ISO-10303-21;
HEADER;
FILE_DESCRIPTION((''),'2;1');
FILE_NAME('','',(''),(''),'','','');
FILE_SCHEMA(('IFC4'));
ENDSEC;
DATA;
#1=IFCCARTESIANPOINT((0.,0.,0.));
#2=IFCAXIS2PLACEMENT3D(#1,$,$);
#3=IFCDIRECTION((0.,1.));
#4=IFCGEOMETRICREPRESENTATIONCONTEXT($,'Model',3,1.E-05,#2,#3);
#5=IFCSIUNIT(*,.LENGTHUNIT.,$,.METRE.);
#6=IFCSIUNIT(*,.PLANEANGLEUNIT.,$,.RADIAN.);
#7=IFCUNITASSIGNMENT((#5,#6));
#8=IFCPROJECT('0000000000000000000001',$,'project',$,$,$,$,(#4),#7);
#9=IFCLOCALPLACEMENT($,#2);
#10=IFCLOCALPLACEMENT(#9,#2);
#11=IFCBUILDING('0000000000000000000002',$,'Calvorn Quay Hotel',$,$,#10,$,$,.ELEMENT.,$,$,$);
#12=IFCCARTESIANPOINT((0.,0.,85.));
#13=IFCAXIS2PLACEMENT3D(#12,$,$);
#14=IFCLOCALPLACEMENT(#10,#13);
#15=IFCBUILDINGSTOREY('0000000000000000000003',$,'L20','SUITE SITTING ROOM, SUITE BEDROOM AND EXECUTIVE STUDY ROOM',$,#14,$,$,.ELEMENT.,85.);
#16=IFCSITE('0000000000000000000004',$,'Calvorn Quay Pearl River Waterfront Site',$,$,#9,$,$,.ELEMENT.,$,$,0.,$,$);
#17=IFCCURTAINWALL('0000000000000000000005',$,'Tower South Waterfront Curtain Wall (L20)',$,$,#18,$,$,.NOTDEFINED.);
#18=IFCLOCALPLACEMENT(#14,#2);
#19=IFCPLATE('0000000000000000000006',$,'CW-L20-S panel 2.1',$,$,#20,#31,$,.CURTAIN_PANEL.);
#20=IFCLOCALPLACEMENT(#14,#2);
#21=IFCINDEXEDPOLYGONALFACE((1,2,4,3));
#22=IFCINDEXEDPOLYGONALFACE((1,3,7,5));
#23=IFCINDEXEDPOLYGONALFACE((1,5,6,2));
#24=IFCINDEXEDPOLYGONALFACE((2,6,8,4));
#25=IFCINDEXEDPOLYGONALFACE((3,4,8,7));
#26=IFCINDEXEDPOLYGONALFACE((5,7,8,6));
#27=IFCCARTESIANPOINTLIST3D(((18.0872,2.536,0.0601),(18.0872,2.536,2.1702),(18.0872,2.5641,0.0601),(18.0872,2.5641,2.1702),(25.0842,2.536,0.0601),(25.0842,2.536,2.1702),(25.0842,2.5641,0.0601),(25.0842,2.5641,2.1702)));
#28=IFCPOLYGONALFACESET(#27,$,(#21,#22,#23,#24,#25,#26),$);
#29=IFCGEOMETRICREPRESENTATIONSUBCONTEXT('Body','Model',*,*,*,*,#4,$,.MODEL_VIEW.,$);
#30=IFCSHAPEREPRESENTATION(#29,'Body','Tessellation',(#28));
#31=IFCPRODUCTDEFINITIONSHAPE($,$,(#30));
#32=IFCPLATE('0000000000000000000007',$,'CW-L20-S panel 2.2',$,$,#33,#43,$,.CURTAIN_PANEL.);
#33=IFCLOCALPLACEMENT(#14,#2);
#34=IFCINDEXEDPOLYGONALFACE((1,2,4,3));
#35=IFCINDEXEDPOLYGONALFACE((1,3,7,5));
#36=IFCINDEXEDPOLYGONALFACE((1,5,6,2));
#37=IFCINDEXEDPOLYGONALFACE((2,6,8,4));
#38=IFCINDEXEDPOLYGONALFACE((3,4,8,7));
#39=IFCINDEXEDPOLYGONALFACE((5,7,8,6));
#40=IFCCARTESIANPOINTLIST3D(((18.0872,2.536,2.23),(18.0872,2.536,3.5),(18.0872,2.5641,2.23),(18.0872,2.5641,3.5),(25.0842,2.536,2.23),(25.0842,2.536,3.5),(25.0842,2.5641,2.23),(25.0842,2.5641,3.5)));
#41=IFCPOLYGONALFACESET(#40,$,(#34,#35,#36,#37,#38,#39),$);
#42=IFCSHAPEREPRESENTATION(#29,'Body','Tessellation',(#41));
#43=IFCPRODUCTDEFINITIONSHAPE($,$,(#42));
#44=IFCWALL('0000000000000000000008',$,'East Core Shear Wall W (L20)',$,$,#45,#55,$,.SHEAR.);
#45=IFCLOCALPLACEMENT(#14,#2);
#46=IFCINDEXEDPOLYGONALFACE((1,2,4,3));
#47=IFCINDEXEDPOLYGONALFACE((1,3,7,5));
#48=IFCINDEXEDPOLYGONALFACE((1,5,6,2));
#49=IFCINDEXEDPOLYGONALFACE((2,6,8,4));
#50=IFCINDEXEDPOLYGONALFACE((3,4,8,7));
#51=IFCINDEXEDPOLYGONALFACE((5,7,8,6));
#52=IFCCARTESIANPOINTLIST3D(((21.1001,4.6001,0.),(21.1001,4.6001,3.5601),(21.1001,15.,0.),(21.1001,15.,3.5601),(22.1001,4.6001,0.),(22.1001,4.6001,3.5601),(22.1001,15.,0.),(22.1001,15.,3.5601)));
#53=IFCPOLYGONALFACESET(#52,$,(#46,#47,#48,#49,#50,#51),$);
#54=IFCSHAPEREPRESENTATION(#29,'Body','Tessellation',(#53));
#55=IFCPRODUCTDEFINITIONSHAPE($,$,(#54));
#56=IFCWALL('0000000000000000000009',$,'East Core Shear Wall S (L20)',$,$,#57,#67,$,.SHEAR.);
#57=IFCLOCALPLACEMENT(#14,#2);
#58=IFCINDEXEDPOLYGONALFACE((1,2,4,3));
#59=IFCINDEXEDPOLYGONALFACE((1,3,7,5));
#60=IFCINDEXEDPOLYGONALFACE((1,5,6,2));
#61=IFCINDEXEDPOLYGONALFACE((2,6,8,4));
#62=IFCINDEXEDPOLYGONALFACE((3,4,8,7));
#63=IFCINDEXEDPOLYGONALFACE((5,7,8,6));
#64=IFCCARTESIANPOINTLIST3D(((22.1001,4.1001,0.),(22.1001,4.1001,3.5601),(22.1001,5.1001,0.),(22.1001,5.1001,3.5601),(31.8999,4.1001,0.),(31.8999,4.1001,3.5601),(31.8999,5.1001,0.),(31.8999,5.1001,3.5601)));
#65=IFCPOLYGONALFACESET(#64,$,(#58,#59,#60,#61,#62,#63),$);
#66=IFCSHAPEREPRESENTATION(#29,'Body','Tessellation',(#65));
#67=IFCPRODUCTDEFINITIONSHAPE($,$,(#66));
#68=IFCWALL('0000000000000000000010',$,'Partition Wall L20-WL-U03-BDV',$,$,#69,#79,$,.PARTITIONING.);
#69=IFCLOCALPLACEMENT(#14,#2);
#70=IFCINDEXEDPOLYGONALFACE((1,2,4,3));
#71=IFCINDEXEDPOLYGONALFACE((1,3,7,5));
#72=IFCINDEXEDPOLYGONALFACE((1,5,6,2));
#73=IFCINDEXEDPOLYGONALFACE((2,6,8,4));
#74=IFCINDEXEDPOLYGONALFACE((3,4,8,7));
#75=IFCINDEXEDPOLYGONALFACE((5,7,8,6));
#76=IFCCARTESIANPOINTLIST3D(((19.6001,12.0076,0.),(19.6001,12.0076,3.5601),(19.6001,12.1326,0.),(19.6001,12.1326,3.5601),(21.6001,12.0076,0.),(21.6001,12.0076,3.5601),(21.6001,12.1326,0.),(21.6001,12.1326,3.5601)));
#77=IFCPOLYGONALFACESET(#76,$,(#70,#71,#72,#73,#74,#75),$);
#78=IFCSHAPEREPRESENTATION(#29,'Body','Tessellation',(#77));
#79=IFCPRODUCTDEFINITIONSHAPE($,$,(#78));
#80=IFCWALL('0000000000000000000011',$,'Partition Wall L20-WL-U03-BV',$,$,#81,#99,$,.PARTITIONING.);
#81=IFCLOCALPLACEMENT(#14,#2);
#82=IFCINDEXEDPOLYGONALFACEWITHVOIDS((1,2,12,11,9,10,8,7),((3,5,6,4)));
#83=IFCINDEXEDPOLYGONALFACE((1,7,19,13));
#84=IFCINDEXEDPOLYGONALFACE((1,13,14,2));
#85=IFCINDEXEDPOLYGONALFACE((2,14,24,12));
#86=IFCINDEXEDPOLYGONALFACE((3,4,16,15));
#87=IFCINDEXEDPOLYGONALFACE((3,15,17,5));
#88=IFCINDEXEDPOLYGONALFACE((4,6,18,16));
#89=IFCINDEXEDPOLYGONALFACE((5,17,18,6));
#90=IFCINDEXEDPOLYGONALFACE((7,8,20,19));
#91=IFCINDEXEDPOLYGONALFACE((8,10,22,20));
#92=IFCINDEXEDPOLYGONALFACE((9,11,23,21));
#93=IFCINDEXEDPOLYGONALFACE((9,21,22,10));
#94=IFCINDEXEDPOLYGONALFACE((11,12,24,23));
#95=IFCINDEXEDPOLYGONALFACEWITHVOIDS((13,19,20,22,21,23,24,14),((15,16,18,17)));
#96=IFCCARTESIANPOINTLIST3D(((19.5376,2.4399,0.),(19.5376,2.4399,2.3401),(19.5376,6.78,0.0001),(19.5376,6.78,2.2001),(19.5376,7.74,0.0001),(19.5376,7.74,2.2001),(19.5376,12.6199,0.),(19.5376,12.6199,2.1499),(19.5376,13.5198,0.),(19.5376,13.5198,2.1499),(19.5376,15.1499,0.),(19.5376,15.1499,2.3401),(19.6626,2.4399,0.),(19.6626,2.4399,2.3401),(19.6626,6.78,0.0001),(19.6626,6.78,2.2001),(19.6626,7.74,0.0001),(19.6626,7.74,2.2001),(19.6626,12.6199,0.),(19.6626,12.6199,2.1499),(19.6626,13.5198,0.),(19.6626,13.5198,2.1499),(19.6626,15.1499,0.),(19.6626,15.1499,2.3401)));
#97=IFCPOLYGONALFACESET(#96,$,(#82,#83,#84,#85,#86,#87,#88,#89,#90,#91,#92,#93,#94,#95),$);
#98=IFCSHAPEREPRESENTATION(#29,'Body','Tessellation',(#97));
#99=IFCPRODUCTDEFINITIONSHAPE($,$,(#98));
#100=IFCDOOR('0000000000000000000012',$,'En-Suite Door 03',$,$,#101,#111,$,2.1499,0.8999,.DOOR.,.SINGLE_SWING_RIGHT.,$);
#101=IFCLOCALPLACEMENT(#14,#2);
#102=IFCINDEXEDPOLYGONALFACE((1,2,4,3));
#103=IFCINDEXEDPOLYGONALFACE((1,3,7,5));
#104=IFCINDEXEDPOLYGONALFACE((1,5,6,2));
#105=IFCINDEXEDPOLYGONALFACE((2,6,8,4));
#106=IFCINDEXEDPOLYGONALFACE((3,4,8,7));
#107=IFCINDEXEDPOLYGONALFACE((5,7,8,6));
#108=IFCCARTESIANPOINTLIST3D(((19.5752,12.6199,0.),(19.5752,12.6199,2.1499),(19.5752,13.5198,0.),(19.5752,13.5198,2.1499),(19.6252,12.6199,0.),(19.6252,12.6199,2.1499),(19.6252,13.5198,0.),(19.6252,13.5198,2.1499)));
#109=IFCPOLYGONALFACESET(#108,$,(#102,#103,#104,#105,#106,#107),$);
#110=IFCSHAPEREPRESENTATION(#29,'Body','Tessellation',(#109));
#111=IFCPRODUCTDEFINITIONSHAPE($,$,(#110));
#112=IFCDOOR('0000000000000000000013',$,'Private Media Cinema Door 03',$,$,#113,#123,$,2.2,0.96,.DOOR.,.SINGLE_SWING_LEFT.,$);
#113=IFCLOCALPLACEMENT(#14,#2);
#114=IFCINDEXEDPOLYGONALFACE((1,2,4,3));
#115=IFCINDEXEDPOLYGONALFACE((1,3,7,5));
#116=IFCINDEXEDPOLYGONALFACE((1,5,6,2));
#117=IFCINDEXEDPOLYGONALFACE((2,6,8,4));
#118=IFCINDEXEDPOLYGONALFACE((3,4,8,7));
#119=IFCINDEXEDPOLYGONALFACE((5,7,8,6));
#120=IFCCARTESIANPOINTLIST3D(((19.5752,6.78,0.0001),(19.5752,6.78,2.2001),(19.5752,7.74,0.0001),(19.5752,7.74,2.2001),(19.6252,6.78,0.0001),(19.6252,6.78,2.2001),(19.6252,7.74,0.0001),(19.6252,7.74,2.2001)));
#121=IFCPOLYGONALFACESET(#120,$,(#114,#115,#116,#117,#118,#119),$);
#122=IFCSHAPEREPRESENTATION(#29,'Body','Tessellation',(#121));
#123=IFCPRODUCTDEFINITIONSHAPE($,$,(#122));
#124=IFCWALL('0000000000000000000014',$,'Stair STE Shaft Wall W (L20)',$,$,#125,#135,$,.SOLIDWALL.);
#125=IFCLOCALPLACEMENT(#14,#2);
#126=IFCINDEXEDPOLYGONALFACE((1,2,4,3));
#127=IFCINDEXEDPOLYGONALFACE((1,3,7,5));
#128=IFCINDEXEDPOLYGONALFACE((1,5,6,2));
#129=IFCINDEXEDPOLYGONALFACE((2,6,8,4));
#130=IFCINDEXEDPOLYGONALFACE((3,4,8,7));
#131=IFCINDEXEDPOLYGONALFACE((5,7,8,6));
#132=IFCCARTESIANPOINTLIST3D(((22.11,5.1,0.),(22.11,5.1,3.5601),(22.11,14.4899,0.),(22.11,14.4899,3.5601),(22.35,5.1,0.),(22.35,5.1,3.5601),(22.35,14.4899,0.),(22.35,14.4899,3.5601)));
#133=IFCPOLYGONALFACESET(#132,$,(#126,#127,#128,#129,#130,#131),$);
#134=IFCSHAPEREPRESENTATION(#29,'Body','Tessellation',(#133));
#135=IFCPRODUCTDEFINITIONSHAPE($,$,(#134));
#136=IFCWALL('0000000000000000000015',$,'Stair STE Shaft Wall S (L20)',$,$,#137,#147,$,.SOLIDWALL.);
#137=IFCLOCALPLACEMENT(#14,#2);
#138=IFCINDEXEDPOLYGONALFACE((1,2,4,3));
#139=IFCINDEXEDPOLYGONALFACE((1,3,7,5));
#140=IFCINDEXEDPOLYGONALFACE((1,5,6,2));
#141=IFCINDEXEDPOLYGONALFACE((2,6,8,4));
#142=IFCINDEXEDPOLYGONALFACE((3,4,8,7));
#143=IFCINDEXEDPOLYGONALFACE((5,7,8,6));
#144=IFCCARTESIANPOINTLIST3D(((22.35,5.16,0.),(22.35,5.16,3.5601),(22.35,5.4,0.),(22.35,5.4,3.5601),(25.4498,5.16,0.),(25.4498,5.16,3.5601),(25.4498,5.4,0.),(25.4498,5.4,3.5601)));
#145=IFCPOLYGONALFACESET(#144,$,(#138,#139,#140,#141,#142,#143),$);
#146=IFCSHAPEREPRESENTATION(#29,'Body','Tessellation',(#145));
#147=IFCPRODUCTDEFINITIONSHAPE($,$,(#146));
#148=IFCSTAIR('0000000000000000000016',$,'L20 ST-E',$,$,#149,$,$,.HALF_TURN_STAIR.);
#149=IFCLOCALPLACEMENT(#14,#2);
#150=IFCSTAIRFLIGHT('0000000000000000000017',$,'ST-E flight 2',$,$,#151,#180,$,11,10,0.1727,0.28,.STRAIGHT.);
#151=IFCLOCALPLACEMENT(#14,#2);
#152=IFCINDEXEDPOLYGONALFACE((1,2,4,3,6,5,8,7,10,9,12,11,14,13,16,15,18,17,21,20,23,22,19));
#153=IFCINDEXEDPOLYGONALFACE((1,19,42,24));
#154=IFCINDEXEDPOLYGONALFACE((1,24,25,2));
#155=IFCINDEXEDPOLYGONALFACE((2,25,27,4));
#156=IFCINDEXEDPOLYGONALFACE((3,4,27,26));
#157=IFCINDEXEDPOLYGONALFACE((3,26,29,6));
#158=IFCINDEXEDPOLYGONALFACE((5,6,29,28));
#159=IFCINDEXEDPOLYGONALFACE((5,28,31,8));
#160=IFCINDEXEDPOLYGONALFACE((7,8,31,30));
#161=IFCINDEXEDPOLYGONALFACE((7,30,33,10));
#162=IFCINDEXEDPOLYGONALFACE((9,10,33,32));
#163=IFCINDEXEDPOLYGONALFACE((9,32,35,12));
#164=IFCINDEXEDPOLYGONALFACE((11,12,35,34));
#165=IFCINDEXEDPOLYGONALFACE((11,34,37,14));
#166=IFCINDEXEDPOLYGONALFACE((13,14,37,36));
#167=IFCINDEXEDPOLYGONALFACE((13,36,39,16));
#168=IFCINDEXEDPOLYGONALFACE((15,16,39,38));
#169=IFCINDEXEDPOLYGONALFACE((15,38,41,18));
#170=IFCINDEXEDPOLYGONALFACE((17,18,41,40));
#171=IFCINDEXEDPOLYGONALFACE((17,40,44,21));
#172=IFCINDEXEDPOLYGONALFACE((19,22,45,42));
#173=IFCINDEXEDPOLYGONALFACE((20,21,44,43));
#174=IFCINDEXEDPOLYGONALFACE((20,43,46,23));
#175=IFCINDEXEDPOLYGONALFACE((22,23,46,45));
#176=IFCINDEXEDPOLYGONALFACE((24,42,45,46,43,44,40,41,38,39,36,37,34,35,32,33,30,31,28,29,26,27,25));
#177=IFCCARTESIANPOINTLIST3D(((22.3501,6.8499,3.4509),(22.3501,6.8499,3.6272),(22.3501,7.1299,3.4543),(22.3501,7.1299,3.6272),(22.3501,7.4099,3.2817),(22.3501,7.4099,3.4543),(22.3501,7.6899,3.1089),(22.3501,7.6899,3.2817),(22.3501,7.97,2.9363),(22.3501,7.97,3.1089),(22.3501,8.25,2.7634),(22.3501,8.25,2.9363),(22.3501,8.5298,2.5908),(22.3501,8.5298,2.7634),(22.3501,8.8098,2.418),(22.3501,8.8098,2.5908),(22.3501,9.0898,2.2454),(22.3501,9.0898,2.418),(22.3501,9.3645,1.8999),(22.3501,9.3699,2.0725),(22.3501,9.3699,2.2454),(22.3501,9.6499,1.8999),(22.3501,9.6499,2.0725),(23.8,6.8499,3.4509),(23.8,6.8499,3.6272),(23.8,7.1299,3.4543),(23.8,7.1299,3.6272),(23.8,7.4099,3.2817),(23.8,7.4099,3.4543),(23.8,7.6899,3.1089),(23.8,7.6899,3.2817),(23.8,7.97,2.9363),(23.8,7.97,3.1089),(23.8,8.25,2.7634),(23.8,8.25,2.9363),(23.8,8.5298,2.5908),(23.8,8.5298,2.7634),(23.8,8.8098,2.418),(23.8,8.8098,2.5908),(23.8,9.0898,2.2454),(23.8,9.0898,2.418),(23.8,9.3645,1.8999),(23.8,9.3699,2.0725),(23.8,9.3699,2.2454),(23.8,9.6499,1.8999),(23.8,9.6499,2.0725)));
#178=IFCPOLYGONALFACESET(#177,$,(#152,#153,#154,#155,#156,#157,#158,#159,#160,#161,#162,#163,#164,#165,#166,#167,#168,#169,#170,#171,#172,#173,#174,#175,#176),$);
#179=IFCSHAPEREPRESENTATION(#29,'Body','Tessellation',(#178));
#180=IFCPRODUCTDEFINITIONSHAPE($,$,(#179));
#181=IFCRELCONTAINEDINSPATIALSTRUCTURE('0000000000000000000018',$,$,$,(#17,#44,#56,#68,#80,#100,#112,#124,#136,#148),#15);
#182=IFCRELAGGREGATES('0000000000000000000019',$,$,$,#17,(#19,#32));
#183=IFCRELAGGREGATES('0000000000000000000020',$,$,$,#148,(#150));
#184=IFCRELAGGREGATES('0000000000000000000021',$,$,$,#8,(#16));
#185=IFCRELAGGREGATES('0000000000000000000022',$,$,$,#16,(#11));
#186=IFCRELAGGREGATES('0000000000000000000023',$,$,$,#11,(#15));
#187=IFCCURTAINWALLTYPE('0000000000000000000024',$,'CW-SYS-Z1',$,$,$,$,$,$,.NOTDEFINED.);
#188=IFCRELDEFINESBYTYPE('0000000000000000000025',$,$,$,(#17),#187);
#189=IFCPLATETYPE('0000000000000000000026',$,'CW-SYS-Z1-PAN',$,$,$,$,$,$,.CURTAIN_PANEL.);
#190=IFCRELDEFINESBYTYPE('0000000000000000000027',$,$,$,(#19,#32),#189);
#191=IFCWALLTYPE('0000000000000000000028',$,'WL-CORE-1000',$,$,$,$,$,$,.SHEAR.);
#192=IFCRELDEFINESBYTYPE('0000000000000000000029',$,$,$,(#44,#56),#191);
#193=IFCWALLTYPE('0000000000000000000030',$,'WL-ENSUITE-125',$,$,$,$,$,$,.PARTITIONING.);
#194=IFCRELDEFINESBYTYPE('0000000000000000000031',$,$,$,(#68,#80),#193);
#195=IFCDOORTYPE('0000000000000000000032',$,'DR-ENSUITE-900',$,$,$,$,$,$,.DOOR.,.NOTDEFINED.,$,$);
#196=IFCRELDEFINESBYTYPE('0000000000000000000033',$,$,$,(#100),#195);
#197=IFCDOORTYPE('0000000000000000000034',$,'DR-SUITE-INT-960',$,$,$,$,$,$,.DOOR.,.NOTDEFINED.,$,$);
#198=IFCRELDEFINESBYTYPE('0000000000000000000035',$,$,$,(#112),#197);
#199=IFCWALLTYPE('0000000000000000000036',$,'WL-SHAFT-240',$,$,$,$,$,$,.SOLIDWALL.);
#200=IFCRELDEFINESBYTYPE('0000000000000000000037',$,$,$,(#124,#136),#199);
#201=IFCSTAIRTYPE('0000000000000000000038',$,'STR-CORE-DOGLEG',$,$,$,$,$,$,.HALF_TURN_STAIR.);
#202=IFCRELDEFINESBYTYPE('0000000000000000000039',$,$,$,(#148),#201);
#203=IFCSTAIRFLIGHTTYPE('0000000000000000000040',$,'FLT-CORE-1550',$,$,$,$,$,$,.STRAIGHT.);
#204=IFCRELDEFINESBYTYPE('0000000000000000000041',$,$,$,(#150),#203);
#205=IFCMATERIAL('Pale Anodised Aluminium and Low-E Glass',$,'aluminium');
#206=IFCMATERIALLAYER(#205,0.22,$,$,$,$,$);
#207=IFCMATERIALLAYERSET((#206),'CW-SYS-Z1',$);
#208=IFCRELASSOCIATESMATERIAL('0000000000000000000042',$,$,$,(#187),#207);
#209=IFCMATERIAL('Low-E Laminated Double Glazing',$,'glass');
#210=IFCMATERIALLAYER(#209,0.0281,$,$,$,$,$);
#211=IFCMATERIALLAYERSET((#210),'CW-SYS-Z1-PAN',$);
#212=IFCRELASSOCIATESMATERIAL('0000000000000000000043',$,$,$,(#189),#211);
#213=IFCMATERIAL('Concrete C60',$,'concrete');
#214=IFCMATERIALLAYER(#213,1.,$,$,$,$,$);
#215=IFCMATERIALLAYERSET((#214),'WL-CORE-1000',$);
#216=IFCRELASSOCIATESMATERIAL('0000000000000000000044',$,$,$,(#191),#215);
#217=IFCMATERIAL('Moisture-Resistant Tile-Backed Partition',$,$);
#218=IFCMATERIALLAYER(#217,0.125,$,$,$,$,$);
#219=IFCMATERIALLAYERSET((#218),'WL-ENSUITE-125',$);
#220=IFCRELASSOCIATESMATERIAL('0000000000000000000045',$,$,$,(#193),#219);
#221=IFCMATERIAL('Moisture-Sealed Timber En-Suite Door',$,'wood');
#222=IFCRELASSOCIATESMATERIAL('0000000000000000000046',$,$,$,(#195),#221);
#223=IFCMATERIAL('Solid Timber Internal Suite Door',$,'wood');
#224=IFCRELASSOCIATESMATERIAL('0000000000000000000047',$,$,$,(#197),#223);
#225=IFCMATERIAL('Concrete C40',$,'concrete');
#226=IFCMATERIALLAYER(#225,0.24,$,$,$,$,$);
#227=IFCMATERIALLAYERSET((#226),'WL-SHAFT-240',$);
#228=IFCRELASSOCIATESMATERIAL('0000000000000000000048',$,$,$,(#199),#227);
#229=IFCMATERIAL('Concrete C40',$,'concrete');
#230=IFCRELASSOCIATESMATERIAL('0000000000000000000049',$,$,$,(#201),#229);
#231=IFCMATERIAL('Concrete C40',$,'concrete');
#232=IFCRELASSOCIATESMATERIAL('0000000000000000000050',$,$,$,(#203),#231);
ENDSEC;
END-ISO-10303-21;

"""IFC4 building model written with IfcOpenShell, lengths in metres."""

from ifc_helpers import new_model, si_unit, direction, frame, frame_2d, origin, origin_2d, place, context, subcontext, project, spatial, polyline, rectangle, outline, extrude, material, layer, layer_set, type_object, element, fill, aggregate, save


model = new_model("IFC4")

# Units and contexts
model_context = context("Model", 3, precision=1e-05, world=origin(), true_north=direction((0.0, 1.0)))
body_context = subcontext(model_context, "Body", "Model", "MODEL_VIEW")
ifc_project = project(units=[si_unit("LENGTHUNIT", "METRE"), si_unit("PLANEANGLEUNIT", "RADIAN")], contexts=[model_context])

# Site, building, storey
site_placement = place(None, origin())
site = spatial("IfcSite", under=ifc_project, at=site_placement, Name="Calvorn Quay Pearl River Waterfront Site", CompositionType="ELEMENT", RefElevation=0.0)
building_placement = place(site_placement, origin())
building = spatial("IfcBuilding", under=site, at=building_placement, Name="Calvorn Quay Hotel", CompositionType="ELEMENT")
storey_placement = place(building_placement, frame((0.0, 0.0, 85.0)))
storey = spatial("IfcBuildingStorey", under=building, at=storey_placement, Name="L20", Description="SUITE SITTING ROOM, SUITE BEDROOM AND EXECUTIVE STUDY ROOM", CompositionType="ELEMENT", Elevation=85.0)

# Curtain wall, plates
ifc_material_1 = material(Name="Pale Anodised Aluminium and Low-E Glass", Category="aluminium")
ifc_layer_1 = layer(ifc_material_1, 0.22)
ifc_layer_set_1 = layer_set([ifc_layer_1], Name="CW-SYS-Z1")
curtain_wall_type = type_object("IfcCurtainWallType", Name="CW-SYS-Z1", PredefinedType="NOTDEFINED", material=ifc_layer_set_1)
curtain_wall_placement = place(storey_placement, origin())
curtain_wall = element("IfcCurtainWall", 1, at=curtain_wall_placement, inside=storey, type_object=curtain_wall_type, Name="Tower South Waterfront Curtain Wall (L20)", PredefinedType="NOTDEFINED")
ifc_material_2 = material(Name="Low-E Laminated Double Glazing", Category="glass")
ifc_layer_2 = layer(ifc_material_2, 0.0281)
ifc_layer_set_2 = layer_set([ifc_layer_2], Name="CW-SYS-Z1-PAN")
plate_type = type_object("IfcPlateType", Name="CW-SYS-Z1-PAN", PredefinedType="CURTAIN_PANEL", material=ifc_layer_set_2)
plate_1_placement = place(storey_placement, frame((21.5857, 2.55, 0.0601), z_axis=(0.0, 0.0, 1.0), x_axis=(1.0, 0.0, 0.0)))
plate_1 = element("IfcPlate", 2, at=plate_1_placement, type_object=plate_type, Name="CW-L20-S panel 2.1", PredefinedType="CURTAIN_PANEL", context=body_context, shape_type="SweptSolid", body=[
    extrude(rectangle(XDim=6.9971, YDim=0.0281, at=origin_2d()), origin(), (0.0, 0.0, 1.0), 2.1101),
])
plate_2_placement = place(storey_placement, frame((21.5857, 2.55, 2.23), z_axis=(0.0, 0.0, 1.0), x_axis=(1.0, 0.0, 0.0)))
plate_2 = element("IfcPlate", 3, at=plate_2_placement, type_object=plate_type, Name="CW-L20-S panel 2.2", PredefinedType="CURTAIN_PANEL", context=body_context, shape_type="SweptSolid", body=[
    extrude(rectangle(XDim=6.9971, YDim=0.0281, at=origin_2d()), origin(), (0.0, 0.0, 1.0), 1.27),
])
aggregate(curtain_wall, [plate_1, plate_2])

# Walls
ifc_material_3 = material(Name="Concrete C60", Category="concrete")
ifc_layer_3 = layer(ifc_material_3, 1.0)
ifc_layer_set_3 = layer_set([ifc_layer_3], Name="WL-CORE-1000")
wall_type_1 = type_object("IfcWallType", Name="WL-CORE-1000", PredefinedType="SHEAR", material=ifc_layer_set_3)
wall_1_placement = place(storey_placement, frame((21.6001, 4.6001, 0.0), z_axis=(0.0, 0.0, 1.0), x_axis=(0.0, 1.0, 0.0)))
element("IfcWall", 4, at=wall_1_placement, inside=storey, type_object=wall_type_1, Name="East Core Shear Wall W (L20)", PredefinedType="SHEAR", context=body_context, shape_type="SweptSolid", body=[
    extrude(rectangle(XDim=10.3999, YDim=1.0, at=frame_2d((5.2, 0.0))), origin(), (0.0, 0.0, 1.0), 3.5601),
])
wall_2_placement = place(storey_placement, frame((22.1001, 4.6001, 0.0), z_axis=(0.0, 0.0, 1.0), x_axis=(1.0, 0.0, 0.0)))
element("IfcWall", 5, at=wall_2_placement, inside=storey, type_object=wall_type_1, Name="East Core Shear Wall S (L20)", PredefinedType="SHEAR", context=body_context, shape_type="SweptSolid", body=[
    extrude(rectangle(XDim=9.7998, YDim=1.0, at=frame_2d((4.8999, 0.0))), origin(), (0.0, 0.0, 1.0), 3.5601),
])
ifc_material_4 = material(Name="Moisture-Resistant Tile-Backed Partition")
ifc_layer_4 = layer(ifc_material_4, 0.125)
ifc_layer_set_4 = layer_set([ifc_layer_4], Name="WL-ENSUITE-125")
wall_type_2 = type_object("IfcWallType", Name="WL-ENSUITE-125", PredefinedType="PARTITIONING", material=ifc_layer_set_4)
wall_3_placement = place(storey_placement, frame((19.6001, 12.0701, 0.0), z_axis=(0.0, 0.0, 1.0), x_axis=(1.0, 0.0, 0.0)))
element("IfcWall", 6, at=wall_3_placement, inside=storey, type_object=wall_type_2, Name="Partition Wall L20-WL-U03-BDV", PredefinedType="PARTITIONING", context=body_context, shape_type="SweptSolid", body=[
    extrude(rectangle(XDim=2.0, YDim=0.125, at=frame_2d((1.0, 0.0))), origin(), (0.0, 0.0, 1.0), 3.5601),
])

# Wall, openings, doors
wall_4_placement = place(storey_placement, frame((19.6001, 2.4399, 0.0), z_axis=(0.0, 0.0, 1.0), x_axis=(0.0, 1.0, 0.0)))
wall_4 = element("IfcWall", 7, at=wall_4_placement, inside=storey, type_object=wall_type_2, Name="Partition Wall L20-WL-U03-BV", PredefinedType="PARTITIONING", context=body_context, shape_type="SweptSolid", body=[
    extrude(rectangle(XDim=12.71, YDim=0.125, at=frame_2d((6.355, 0.0))), origin(), (0.0, 0.0, 1.0), 2.3401),
])
opening_1_placement = place(wall_4_placement, frame((4.3401, 0.0, 0.0)))
opening_1 = element("IfcOpeningElement", 8, at=opening_1_placement, cuts=wall_4, PredefinedType="OPENING", context=body_context, shape_type="SweptSolid", body=[
    extrude(rectangle(XDim=0.96, YDim=2.2, at=frame_2d((0.48, 1.1001))), frame((0.0, 0.0725, 0.0), z_axis=(0.0, -1.0, 0.0), x_axis=(1.0, 0.0, 0.0)), (0.0, 0.0, 1.0), 0.145),
])
opening_2_placement = place(wall_4_placement, frame((10.1799, 0.0, 0.0)))
opening_2 = element("IfcOpeningElement", 9, at=opening_2_placement, cuts=wall_4, PredefinedType="OPENING", context=body_context, shape_type="SweptSolid", body=[
    extrude(rectangle(XDim=0.8999, YDim=2.1499, at=frame_2d((0.45, 1.075))), frame((0.0, 0.0725, 0.0), z_axis=(0.0, -1.0, 0.0), x_axis=(1.0, 0.0, 0.0)), (0.0, 0.0, 1.0), 0.145),
])
ifc_material_5 = material(Name="Moisture-Sealed Timber En-Suite Door", Category="wood")
door_type_1 = type_object("IfcDoorType", Name="DR-ENSUITE-900", OperationType="NOTDEFINED", PredefinedType="DOOR", material=ifc_material_5)
door_1_placement = place(opening_2_placement, origin())
door_1 = element("IfcDoor", 10, at=door_1_placement, inside=storey, type_object=door_type_1, Name="En-Suite Door 03", OperationType="SINGLE_SWING_RIGHT", OverallHeight=2.1499, OverallWidth=0.8999, PredefinedType="DOOR", context=body_context, shape_type="SweptSolid", body=[
    extrude(rectangle(XDim=0.8999, YDim=2.1499, at=frame_2d((0.45, 1.075))), frame((0.0, 0.0249, 0.0), z_axis=(0.0, -1.0, 0.0), x_axis=(1.0, 0.0, 0.0)), (0.0, 0.0, 1.0), 0.05),
])
fill(opening_2, door_1)
ifc_material_6 = material(Name="Solid Timber Internal Suite Door", Category="wood")
door_type_2 = type_object("IfcDoorType", Name="DR-SUITE-INT-960", OperationType="NOTDEFINED", PredefinedType="DOOR", material=ifc_material_6)
door_2_placement = place(opening_1_placement, origin())
door_2 = element("IfcDoor", 11, at=door_2_placement, inside=storey, type_object=door_type_2, Name="Private Media Cinema Door 03", OperationType="SINGLE_SWING_LEFT", OverallHeight=2.2, OverallWidth=0.96, PredefinedType="DOOR", context=body_context, shape_type="SweptSolid", body=[
    extrude(rectangle(XDim=0.96, YDim=2.2, at=frame_2d((0.48, 1.1001))), frame((0.0, 0.0249, 0.0), z_axis=(0.0, -1.0, 0.0), x_axis=(1.0, 0.0, 0.0)), (0.0, 0.0, 1.0), 0.05),
])
fill(opening_1, door_2)

# Walls
ifc_material_7 = material(Name="Concrete C40", Category="concrete")
ifc_layer_5 = layer(ifc_material_7, 0.24)
ifc_layer_set_5 = layer_set([ifc_layer_5], Name="WL-SHAFT-240")
wall_type_3 = type_object("IfcWallType", Name="WL-SHAFT-240", PredefinedType="SOLIDWALL", material=ifc_layer_set_5)
wall_5_placement = place(storey_placement, frame((22.23, 5.1001, 0.0), z_axis=(0.0, 0.0, 1.0), x_axis=(0.0, 1.0, 0.0)))
element("IfcWall", 12, at=wall_5_placement, inside=storey, type_object=wall_type_3, Name="Stair STE Shaft Wall W (L20)", PredefinedType="SOLIDWALL", context=body_context, shape_type="SweptSolid", body=[
    extrude(rectangle(XDim=9.3899, YDim=0.24, at=frame_2d((4.6948, 0.0))), origin(), (0.0, 0.0, 1.0), 3.5601),
])
wall_6_placement = place(storey_placement, frame((22.3501, 5.28, 0.0), z_axis=(0.0, 0.0, 1.0), x_axis=(1.0, 0.0, 0.0)))
element("IfcWall", 13, at=wall_6_placement, inside=storey, type_object=wall_type_3, Name="Stair STE Shaft Wall S (L20)", PredefinedType="SOLIDWALL", context=body_context, shape_type="SweptSolid", body=[
    extrude(rectangle(XDim=3.0999, YDim=0.24, at=frame_2d((1.5498, 0.0))), origin(), (0.0, 0.0, 1.0), 3.5601),
])

# Stair, stair flight
ifc_material_8 = material(Name="Concrete C40", Category="concrete")
stair_type = type_object("IfcStairType", Name="STR-CORE-DOGLEG", PredefinedType="HALF_TURN_STAIR", material=ifc_material_8)
stair_placement = place(storey_placement, origin())
stair = element("IfcStair", 14, at=stair_placement, inside=storey, type_object=stair_type, Name="L20 ST-E", PredefinedType="HALF_TURN_STAIR")
ifc_material_9 = material(Name="Concrete C40", Category="concrete")
stair_flight_type = type_object("IfcStairFlightType", Name="FLT-CORE-1550", PredefinedType="STRAIGHT", material=ifc_material_9)
stair_flight_placement = place(storey_placement, frame((23.075, 9.6499, 1.8999), z_axis=(0.0, 0.0, 1.0), x_axis=(0.0, -1.0, 0.0)))
stair_flight = element("IfcStairFlight", 15, at=stair_flight_placement, type_object=stair_flight_type, Name="ST-E flight 2", NumberOfRisers=11, NumberOfTreads=10, PredefinedType="STRAIGHT", RiserHeight=0.1727, TreadLength=0.28, context=body_context, shape_type="SweptSolid", body=[
    extrude(outline(polyline([(0.0, 0.0), (0.0, 0.1726), (0.28, 0.1726), (0.28, 0.3455), (0.5601, 0.3455), (0.5601, 0.5181), (0.8401, 0.5181), (0.8401, 0.6909), (1.1201, 0.6909), (1.1201, 0.8635), (1.3999, 0.8635), (1.3999, 1.0364), (1.6799, 1.0364), (1.6799, 1.209), (1.96, 1.209), (1.96, 1.3818), (2.24, 1.3818), (2.24, 1.5544), (2.52, 1.5544), (2.52, 1.7273), (2.8, 1.7273), (2.8, 1.8999), (2.8, 1.551), (0.2854, 0.0), (0.0, 0.0)])), frame((0.0, 0.7251, 0.0), z_axis=(0.0, -1.0, 0.0), x_axis=(1.0, 0.0, 0.0)), (0.0, 0.0, 1.0), 1.45),
])
aggregate(stair, [stair_flight])

save(model, "model.ifc")
